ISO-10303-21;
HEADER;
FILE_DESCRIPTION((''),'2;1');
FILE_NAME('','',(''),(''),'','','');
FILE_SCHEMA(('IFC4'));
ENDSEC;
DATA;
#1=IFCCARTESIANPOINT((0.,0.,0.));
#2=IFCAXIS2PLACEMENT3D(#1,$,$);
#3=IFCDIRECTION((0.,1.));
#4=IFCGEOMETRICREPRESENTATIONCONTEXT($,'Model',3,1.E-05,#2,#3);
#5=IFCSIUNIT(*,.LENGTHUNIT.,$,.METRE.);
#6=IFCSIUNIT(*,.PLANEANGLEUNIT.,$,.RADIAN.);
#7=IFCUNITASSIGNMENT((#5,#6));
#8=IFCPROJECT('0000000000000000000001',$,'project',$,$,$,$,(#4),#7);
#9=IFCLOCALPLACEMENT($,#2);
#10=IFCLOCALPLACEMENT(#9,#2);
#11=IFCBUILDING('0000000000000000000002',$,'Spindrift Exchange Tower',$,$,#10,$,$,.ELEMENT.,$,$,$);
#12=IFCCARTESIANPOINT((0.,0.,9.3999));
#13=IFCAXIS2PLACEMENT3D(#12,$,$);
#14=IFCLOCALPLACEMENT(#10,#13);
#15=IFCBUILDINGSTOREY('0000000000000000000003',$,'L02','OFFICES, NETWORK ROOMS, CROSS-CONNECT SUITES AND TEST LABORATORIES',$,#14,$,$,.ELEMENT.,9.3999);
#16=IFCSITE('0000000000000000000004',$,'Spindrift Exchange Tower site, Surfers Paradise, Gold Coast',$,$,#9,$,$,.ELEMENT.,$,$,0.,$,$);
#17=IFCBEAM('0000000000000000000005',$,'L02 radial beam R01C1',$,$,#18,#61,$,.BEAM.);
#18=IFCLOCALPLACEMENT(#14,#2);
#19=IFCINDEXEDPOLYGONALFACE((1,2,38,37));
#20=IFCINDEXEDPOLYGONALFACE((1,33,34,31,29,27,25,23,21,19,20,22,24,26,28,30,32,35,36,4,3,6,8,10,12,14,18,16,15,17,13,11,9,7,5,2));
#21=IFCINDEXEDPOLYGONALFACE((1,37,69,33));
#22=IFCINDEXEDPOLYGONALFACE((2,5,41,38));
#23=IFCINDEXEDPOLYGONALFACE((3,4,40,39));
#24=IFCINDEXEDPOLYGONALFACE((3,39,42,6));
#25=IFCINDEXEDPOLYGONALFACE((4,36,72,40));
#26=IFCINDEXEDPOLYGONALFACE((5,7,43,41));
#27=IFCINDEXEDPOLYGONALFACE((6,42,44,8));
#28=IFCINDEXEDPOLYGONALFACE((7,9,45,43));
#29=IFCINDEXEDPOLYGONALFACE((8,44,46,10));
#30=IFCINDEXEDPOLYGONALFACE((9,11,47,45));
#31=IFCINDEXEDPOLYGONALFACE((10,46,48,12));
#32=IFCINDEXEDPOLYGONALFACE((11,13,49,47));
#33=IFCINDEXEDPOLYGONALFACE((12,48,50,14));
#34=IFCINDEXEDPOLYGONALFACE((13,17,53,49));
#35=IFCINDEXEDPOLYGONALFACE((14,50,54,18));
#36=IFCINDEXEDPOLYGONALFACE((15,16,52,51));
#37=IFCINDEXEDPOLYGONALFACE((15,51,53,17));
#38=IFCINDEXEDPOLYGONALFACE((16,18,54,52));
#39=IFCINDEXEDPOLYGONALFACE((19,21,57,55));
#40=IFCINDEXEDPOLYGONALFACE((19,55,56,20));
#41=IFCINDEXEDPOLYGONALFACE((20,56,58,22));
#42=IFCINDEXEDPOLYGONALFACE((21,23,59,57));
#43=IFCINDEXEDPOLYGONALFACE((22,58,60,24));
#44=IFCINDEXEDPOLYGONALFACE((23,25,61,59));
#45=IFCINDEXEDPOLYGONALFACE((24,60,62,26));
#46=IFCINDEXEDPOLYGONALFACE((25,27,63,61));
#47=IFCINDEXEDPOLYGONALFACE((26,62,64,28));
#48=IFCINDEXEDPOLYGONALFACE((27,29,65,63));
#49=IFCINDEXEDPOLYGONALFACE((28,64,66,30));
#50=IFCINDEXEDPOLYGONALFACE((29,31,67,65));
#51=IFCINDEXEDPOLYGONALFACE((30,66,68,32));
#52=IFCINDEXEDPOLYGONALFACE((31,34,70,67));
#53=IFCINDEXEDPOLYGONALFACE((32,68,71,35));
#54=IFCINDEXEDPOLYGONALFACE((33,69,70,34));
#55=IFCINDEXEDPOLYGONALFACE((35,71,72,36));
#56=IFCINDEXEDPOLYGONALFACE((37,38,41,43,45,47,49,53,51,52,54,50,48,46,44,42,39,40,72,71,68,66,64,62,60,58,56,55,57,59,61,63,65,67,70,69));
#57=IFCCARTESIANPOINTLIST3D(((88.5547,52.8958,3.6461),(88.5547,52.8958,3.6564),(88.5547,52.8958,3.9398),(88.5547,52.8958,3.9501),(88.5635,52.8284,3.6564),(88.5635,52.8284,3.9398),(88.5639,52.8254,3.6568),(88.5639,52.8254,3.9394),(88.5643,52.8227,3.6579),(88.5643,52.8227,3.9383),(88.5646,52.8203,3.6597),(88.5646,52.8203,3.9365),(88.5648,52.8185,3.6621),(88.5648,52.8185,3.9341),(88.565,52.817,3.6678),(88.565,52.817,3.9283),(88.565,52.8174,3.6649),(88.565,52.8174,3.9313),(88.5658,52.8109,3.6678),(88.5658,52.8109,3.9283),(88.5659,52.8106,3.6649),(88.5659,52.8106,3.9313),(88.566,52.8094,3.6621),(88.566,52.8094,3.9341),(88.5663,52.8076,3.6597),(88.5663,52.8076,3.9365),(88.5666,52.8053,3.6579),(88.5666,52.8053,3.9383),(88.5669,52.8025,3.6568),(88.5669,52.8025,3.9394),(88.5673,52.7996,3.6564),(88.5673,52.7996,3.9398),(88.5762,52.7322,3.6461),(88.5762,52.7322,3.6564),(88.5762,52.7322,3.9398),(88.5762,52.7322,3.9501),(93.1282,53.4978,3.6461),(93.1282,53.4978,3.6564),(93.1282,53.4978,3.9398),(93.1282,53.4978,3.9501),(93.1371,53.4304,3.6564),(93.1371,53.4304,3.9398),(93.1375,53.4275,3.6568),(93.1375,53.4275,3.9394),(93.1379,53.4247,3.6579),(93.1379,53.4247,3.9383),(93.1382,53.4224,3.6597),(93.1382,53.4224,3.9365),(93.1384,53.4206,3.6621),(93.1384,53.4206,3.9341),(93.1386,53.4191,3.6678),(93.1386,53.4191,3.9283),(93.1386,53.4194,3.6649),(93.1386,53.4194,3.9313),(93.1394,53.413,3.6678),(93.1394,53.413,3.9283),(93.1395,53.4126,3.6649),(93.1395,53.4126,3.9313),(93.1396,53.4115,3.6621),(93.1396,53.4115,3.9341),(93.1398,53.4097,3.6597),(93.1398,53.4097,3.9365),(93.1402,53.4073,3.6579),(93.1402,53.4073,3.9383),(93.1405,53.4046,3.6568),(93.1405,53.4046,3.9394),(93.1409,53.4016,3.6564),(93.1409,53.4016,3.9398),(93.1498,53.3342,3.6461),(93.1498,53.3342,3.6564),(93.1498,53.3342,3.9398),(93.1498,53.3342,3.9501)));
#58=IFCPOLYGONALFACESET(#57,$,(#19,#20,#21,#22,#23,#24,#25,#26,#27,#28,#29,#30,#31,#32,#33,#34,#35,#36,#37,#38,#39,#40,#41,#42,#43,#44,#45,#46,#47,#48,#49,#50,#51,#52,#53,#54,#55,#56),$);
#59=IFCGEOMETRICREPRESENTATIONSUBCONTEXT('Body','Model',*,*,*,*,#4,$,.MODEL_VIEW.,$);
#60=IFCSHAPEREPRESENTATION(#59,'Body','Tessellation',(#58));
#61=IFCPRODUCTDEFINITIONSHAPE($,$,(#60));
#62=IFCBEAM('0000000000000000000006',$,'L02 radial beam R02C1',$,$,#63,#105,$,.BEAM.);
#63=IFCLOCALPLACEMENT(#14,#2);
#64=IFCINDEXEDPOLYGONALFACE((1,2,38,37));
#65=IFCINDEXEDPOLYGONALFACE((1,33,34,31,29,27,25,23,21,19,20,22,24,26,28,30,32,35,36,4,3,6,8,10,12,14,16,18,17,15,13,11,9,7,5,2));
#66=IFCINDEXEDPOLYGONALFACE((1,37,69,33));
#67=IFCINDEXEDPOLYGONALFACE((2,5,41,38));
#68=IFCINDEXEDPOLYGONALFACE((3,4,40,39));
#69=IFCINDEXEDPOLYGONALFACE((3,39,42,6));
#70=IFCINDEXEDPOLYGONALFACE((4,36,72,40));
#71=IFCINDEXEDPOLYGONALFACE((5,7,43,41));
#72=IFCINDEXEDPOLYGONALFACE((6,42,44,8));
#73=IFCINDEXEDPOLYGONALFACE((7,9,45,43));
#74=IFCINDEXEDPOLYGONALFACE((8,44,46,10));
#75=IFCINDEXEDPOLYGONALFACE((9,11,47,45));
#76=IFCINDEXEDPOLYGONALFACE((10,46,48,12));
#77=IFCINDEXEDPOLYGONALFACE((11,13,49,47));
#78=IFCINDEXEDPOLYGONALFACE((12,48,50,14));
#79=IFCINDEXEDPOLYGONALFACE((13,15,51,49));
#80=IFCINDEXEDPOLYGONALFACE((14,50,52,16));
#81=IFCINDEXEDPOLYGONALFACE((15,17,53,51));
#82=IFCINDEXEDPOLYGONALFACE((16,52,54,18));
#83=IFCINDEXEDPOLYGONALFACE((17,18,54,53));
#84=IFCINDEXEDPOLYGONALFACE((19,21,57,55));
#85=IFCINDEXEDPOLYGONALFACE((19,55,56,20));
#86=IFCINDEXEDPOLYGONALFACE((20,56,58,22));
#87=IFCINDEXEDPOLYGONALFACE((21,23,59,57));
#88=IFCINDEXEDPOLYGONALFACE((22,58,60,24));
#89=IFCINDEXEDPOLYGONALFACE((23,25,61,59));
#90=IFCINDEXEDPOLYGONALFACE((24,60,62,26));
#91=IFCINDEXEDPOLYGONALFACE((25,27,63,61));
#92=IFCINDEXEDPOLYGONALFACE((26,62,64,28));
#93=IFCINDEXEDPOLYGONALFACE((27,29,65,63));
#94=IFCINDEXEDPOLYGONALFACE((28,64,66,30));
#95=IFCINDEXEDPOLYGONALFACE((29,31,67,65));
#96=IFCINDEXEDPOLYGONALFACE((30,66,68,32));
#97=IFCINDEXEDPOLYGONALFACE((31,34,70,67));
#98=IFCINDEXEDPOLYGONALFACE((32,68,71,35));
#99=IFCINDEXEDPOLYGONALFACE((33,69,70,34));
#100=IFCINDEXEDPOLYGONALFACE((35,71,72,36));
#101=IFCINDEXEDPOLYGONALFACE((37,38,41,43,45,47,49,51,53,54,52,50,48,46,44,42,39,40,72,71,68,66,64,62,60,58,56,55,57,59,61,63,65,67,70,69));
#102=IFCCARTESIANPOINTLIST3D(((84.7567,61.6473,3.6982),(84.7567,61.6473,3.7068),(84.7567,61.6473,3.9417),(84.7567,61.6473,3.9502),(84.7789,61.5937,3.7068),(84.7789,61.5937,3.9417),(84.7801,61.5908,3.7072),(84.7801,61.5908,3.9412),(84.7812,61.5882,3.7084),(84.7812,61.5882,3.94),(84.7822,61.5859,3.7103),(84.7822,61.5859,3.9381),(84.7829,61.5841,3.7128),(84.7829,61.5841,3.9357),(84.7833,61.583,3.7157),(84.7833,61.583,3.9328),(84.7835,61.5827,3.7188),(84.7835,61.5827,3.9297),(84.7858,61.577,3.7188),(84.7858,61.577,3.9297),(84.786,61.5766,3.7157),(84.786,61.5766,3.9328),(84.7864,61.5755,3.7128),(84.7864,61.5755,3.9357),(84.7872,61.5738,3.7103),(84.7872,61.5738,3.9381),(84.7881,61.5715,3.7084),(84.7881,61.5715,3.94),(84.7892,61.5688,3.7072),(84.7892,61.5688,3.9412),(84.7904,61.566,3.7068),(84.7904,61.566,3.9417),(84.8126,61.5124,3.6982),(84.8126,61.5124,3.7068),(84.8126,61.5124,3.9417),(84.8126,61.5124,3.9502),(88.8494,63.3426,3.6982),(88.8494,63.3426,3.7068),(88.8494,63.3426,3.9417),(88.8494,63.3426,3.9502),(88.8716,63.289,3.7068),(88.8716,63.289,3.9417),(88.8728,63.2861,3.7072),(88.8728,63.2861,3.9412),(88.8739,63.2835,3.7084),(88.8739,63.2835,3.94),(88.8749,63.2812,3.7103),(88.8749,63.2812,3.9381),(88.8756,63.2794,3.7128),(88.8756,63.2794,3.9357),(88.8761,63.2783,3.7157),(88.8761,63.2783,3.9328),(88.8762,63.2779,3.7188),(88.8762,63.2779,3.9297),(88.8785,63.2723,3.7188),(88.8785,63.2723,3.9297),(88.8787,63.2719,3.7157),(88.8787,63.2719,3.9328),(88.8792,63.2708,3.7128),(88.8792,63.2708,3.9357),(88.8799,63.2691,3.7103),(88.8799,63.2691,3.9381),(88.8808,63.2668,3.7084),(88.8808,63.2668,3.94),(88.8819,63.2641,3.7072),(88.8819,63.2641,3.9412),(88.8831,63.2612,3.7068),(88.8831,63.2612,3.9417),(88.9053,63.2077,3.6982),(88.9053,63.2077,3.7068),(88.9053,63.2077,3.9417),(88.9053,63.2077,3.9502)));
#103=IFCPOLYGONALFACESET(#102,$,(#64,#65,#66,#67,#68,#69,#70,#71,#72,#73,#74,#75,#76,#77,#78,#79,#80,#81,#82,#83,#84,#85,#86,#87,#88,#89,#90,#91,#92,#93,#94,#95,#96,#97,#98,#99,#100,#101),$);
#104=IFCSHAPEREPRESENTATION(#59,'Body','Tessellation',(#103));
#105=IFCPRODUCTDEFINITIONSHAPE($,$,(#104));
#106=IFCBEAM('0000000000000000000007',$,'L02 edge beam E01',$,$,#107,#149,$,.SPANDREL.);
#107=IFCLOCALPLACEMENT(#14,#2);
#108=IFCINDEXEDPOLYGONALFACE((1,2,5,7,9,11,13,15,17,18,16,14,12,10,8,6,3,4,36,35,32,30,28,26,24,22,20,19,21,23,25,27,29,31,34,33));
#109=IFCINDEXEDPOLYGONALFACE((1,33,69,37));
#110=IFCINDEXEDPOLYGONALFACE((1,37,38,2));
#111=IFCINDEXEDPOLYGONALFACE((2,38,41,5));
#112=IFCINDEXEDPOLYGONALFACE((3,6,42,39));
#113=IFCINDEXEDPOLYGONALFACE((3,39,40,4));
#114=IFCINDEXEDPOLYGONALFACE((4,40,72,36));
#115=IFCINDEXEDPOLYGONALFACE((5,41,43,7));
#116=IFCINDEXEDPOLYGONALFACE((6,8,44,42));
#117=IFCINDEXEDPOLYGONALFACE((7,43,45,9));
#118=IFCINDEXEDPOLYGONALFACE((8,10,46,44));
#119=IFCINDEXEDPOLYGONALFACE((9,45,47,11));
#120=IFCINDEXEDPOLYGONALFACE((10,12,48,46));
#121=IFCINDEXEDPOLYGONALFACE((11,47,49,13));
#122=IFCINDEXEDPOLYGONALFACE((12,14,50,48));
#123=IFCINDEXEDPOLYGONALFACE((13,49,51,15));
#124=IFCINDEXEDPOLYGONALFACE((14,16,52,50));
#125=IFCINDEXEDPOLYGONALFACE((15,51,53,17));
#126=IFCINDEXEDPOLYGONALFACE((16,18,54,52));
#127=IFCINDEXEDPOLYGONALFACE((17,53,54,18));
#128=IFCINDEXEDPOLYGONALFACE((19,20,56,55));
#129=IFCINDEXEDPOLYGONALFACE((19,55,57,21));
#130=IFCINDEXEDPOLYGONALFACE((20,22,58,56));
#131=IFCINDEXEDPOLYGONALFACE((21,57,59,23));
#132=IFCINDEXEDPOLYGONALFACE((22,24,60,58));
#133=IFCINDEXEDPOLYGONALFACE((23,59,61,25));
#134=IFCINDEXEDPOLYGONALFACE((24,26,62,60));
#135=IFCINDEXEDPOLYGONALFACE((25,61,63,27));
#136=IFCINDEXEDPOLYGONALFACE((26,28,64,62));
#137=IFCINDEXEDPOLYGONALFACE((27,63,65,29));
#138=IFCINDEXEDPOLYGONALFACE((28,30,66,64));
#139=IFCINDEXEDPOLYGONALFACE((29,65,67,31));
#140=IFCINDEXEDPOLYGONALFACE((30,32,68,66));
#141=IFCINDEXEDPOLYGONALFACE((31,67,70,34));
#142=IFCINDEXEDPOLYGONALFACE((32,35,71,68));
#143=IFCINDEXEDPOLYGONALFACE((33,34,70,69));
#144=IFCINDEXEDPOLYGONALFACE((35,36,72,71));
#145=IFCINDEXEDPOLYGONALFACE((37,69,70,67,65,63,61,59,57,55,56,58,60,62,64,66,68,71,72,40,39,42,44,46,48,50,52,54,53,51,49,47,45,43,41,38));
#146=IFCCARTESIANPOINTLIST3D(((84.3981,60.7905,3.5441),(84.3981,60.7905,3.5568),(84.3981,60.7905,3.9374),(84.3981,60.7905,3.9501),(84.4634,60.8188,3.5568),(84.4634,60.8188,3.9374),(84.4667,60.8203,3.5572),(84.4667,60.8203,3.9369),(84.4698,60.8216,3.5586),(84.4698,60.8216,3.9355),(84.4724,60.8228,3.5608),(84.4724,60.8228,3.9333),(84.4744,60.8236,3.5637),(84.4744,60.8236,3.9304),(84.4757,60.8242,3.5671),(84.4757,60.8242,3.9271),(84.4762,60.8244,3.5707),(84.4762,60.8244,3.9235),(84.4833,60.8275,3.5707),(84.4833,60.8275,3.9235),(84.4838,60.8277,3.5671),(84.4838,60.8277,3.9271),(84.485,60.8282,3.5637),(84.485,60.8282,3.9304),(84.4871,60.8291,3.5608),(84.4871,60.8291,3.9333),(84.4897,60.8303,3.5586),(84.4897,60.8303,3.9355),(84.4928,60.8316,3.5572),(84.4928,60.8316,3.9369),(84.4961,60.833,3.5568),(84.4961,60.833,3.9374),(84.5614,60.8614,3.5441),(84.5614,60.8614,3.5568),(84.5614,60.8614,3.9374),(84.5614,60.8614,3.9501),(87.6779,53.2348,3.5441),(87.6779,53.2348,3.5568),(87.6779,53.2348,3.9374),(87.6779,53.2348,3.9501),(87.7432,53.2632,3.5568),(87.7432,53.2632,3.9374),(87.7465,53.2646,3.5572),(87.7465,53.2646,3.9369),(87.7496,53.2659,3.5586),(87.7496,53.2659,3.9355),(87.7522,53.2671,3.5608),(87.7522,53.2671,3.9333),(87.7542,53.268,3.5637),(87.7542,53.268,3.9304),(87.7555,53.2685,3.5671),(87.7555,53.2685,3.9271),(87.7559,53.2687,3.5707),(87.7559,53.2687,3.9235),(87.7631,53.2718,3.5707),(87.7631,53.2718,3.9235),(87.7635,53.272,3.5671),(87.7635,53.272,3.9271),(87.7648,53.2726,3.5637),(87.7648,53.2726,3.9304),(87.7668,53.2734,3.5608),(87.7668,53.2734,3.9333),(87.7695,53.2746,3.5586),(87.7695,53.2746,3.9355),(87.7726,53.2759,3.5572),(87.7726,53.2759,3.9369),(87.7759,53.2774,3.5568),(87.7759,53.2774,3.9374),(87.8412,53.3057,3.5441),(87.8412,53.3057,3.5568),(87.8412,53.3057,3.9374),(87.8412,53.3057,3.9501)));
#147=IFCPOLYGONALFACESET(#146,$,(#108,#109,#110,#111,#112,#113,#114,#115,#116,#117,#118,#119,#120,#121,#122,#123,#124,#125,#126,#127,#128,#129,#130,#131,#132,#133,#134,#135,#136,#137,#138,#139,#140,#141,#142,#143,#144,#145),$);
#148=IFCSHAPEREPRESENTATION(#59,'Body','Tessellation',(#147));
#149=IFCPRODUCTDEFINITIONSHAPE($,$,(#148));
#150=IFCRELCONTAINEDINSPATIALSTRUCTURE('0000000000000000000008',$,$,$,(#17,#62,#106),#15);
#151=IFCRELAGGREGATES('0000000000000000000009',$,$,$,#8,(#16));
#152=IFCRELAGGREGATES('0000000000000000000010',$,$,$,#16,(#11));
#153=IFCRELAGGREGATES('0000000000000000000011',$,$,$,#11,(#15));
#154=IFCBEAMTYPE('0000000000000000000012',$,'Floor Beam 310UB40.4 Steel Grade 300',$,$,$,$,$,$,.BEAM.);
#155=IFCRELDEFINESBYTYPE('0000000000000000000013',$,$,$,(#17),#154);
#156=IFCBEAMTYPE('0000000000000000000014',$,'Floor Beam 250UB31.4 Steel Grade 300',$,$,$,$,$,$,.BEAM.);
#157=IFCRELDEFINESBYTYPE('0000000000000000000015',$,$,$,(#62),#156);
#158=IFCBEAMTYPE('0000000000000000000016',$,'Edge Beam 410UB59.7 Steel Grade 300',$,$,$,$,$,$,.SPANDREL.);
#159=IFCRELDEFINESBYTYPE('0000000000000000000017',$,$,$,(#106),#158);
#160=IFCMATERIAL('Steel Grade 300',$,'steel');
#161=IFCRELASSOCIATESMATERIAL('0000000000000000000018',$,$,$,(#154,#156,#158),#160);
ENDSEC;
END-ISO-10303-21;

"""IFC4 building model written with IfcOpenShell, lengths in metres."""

from ifc_helpers import new_model, si_unit, direction, frame, origin, origin_2d, place, context, subcontext, project, spatial, i_section, extrude, source, transform, mapped, material, material_profile, profile_set, type_object, element, save


model = new_model("IFC4")

# Units and contexts
model_context = context("Model", 3, precision=1e-05, world=origin(), true_north=direction((0.0, 1.0)))
body_context = subcontext(model_context, "Body", "Model", "MODEL_VIEW")
ifc_project = project(units=[si_unit("LENGTHUNIT", "METRE"), si_unit("PLANEANGLEUNIT", "RADIAN")], contexts=[model_context])

# Site, building, storey
site_placement = place(None, origin())
site = spatial("IfcSite", under=ifc_project, at=site_placement, Name="Spindrift Exchange Tower site, Surfers Paradise, Gold Coast", CompositionType="ELEMENT", RefElevation=0.0)
building_placement = place(site_placement, origin())
building = spatial("IfcBuilding", under=site, at=building_placement, Name="Spindrift Exchange Tower", CompositionType="ELEMENT")
storey_placement = place(building_placement, frame((0.0, 0.0, 9.3999)))
storey = spatial("IfcBuildingStorey", under=building, at=storey_placement, Name="L02", Description="OFFICES, NETWORK ROOMS, CROSS-CONNECT SUITES AND TEST LABORATORIES", CompositionType="ELEMENT", Elevation=9.3999)

# Beams
ifc_material_1 = material(Name="Steel Grade 300", Category="steel")
ifc_material_profile_1 = material_profile(ifc_material_1, i_section(OverallWidth=0.165, OverallDepth=0.304, WebThickness=0.0061, FlangeThickness=0.0103, FilletRadius=0.0115, at=origin_2d()), Name="310UB40.4")
ifc_profile_set_1 = profile_set([ifc_material_profile_1], Name="Steel Grade 300")
beam_type_1 = type_object("IfcBeamType", Name="Floor Beam 310UB40.4 Steel Grade 300", PredefinedType="BEAM", material=ifc_profile_set_1)
shared_shape_1 = source(origin(), body_context, "Body", "SweptSolid", [
    extrude(i_section(OverallWidth=0.165, OverallDepth=0.304, WebThickness=0.0061, FlangeThickness=0.0103, FilletRadius=0.0115, at=origin_2d()), origin(), (0.0, 0.0, 1.0), 4.613),
])
beam_1_placement = place(storey_placement, frame((88.5654, 52.814, 3.7981), z_axis=(0.991447, 0.130513, 0.0), x_axis=(-0.130513, 0.991447, 0.0)))
element("IfcBeam", 1, at=beam_1_placement, inside=storey, type_object=beam_type_1, Name="L02 radial beam R01C1", PredefinedType="BEAM", context=body_context, shape_type="MappedRepresentation", body=[
    mapped(shared_shape_1, transform((0.0, 0.0, 0.0), scale=1.0)),
])
ifc_material_profile_2 = material_profile(ifc_material_1, i_section(OverallWidth=0.146, OverallDepth=0.252, WebThickness=0.0061, FlangeThickness=0.0085, FilletRadius=0.012, at=origin_2d()), Name="250UB31.4")
ifc_profile_set_2 = profile_set([ifc_material_profile_2], Name="Steel Grade 300")
beam_type_2 = type_object("IfcBeamType", Name="Floor Beam 250UB31.4 Steel Grade 300", PredefinedType="BEAM", material=ifc_profile_set_2)
shared_shape_2 = source(origin(), body_context, "Body", "SweptSolid", [
    extrude(i_section(OverallWidth=0.146, OverallDepth=0.252, WebThickness=0.0061, FlangeThickness=0.0085, FilletRadius=0.012, at=origin_2d()), origin(), (0.0, 0.0, 1.0), 4.4299),
])
beam_2_placement = place(storey_placement, frame((84.7847, 61.5798, 3.8242), z_axis=(0.923877, 0.382689, 0.0), x_axis=(-0.382689, 0.923877, 0.0)))
element("IfcBeam", 2, at=beam_2_placement, inside=storey, type_object=beam_type_2, Name="L02 radial beam R02C1", PredefinedType="BEAM", context=body_context, shape_type="MappedRepresentation", body=[
    mapped(shared_shape_2, transform((0.0, 0.0, 0.0), scale=1.0)),
])
ifc_material_profile_3 = material_profile(ifc_material_1, i_section(OverallWidth=0.178, OverallDepth=0.406, WebThickness=0.0078, FlangeThickness=0.0127, FilletRadius=0.0139, at=origin_2d()), Name="410UB59.7")
ifc_profile_set_3 = profile_set([ifc_material_profile_3], Name="Steel Grade 300")
beam_type_3 = type_object("IfcBeamType", Name="Edge Beam 410UB59.7 Steel Grade 300", PredefinedType="SPANDREL", material=ifc_profile_set_3)
shared_shape_3 = source(origin(), body_context, "Body", "SweptSolid", [
    extrude(i_section(OverallWidth=0.178, OverallDepth=0.406, WebThickness=0.0078, FlangeThickness=0.0127, FilletRadius=0.0139, at=origin_2d()), origin(), (0.0, 0.0, 1.0), 8.2368),
])
beam_3_placement = place(storey_placement, frame((87.7595, 53.2703, 3.7471), z_axis=(-0.398186, 0.917305, 0.0), x_axis=(-0.917305, -0.398186, 0.0)))
element("IfcBeam", 3, at=beam_3_placement, inside=storey, type_object=beam_type_3, Name="L02 edge beam E01", PredefinedType="SPANDREL", context=body_context, shape_type="MappedRepresentation", body=[
    mapped(shared_shape_3, transform((0.0, 0.0, 0.0), scale=1.0)),
])

save(model, "model.ifc")
